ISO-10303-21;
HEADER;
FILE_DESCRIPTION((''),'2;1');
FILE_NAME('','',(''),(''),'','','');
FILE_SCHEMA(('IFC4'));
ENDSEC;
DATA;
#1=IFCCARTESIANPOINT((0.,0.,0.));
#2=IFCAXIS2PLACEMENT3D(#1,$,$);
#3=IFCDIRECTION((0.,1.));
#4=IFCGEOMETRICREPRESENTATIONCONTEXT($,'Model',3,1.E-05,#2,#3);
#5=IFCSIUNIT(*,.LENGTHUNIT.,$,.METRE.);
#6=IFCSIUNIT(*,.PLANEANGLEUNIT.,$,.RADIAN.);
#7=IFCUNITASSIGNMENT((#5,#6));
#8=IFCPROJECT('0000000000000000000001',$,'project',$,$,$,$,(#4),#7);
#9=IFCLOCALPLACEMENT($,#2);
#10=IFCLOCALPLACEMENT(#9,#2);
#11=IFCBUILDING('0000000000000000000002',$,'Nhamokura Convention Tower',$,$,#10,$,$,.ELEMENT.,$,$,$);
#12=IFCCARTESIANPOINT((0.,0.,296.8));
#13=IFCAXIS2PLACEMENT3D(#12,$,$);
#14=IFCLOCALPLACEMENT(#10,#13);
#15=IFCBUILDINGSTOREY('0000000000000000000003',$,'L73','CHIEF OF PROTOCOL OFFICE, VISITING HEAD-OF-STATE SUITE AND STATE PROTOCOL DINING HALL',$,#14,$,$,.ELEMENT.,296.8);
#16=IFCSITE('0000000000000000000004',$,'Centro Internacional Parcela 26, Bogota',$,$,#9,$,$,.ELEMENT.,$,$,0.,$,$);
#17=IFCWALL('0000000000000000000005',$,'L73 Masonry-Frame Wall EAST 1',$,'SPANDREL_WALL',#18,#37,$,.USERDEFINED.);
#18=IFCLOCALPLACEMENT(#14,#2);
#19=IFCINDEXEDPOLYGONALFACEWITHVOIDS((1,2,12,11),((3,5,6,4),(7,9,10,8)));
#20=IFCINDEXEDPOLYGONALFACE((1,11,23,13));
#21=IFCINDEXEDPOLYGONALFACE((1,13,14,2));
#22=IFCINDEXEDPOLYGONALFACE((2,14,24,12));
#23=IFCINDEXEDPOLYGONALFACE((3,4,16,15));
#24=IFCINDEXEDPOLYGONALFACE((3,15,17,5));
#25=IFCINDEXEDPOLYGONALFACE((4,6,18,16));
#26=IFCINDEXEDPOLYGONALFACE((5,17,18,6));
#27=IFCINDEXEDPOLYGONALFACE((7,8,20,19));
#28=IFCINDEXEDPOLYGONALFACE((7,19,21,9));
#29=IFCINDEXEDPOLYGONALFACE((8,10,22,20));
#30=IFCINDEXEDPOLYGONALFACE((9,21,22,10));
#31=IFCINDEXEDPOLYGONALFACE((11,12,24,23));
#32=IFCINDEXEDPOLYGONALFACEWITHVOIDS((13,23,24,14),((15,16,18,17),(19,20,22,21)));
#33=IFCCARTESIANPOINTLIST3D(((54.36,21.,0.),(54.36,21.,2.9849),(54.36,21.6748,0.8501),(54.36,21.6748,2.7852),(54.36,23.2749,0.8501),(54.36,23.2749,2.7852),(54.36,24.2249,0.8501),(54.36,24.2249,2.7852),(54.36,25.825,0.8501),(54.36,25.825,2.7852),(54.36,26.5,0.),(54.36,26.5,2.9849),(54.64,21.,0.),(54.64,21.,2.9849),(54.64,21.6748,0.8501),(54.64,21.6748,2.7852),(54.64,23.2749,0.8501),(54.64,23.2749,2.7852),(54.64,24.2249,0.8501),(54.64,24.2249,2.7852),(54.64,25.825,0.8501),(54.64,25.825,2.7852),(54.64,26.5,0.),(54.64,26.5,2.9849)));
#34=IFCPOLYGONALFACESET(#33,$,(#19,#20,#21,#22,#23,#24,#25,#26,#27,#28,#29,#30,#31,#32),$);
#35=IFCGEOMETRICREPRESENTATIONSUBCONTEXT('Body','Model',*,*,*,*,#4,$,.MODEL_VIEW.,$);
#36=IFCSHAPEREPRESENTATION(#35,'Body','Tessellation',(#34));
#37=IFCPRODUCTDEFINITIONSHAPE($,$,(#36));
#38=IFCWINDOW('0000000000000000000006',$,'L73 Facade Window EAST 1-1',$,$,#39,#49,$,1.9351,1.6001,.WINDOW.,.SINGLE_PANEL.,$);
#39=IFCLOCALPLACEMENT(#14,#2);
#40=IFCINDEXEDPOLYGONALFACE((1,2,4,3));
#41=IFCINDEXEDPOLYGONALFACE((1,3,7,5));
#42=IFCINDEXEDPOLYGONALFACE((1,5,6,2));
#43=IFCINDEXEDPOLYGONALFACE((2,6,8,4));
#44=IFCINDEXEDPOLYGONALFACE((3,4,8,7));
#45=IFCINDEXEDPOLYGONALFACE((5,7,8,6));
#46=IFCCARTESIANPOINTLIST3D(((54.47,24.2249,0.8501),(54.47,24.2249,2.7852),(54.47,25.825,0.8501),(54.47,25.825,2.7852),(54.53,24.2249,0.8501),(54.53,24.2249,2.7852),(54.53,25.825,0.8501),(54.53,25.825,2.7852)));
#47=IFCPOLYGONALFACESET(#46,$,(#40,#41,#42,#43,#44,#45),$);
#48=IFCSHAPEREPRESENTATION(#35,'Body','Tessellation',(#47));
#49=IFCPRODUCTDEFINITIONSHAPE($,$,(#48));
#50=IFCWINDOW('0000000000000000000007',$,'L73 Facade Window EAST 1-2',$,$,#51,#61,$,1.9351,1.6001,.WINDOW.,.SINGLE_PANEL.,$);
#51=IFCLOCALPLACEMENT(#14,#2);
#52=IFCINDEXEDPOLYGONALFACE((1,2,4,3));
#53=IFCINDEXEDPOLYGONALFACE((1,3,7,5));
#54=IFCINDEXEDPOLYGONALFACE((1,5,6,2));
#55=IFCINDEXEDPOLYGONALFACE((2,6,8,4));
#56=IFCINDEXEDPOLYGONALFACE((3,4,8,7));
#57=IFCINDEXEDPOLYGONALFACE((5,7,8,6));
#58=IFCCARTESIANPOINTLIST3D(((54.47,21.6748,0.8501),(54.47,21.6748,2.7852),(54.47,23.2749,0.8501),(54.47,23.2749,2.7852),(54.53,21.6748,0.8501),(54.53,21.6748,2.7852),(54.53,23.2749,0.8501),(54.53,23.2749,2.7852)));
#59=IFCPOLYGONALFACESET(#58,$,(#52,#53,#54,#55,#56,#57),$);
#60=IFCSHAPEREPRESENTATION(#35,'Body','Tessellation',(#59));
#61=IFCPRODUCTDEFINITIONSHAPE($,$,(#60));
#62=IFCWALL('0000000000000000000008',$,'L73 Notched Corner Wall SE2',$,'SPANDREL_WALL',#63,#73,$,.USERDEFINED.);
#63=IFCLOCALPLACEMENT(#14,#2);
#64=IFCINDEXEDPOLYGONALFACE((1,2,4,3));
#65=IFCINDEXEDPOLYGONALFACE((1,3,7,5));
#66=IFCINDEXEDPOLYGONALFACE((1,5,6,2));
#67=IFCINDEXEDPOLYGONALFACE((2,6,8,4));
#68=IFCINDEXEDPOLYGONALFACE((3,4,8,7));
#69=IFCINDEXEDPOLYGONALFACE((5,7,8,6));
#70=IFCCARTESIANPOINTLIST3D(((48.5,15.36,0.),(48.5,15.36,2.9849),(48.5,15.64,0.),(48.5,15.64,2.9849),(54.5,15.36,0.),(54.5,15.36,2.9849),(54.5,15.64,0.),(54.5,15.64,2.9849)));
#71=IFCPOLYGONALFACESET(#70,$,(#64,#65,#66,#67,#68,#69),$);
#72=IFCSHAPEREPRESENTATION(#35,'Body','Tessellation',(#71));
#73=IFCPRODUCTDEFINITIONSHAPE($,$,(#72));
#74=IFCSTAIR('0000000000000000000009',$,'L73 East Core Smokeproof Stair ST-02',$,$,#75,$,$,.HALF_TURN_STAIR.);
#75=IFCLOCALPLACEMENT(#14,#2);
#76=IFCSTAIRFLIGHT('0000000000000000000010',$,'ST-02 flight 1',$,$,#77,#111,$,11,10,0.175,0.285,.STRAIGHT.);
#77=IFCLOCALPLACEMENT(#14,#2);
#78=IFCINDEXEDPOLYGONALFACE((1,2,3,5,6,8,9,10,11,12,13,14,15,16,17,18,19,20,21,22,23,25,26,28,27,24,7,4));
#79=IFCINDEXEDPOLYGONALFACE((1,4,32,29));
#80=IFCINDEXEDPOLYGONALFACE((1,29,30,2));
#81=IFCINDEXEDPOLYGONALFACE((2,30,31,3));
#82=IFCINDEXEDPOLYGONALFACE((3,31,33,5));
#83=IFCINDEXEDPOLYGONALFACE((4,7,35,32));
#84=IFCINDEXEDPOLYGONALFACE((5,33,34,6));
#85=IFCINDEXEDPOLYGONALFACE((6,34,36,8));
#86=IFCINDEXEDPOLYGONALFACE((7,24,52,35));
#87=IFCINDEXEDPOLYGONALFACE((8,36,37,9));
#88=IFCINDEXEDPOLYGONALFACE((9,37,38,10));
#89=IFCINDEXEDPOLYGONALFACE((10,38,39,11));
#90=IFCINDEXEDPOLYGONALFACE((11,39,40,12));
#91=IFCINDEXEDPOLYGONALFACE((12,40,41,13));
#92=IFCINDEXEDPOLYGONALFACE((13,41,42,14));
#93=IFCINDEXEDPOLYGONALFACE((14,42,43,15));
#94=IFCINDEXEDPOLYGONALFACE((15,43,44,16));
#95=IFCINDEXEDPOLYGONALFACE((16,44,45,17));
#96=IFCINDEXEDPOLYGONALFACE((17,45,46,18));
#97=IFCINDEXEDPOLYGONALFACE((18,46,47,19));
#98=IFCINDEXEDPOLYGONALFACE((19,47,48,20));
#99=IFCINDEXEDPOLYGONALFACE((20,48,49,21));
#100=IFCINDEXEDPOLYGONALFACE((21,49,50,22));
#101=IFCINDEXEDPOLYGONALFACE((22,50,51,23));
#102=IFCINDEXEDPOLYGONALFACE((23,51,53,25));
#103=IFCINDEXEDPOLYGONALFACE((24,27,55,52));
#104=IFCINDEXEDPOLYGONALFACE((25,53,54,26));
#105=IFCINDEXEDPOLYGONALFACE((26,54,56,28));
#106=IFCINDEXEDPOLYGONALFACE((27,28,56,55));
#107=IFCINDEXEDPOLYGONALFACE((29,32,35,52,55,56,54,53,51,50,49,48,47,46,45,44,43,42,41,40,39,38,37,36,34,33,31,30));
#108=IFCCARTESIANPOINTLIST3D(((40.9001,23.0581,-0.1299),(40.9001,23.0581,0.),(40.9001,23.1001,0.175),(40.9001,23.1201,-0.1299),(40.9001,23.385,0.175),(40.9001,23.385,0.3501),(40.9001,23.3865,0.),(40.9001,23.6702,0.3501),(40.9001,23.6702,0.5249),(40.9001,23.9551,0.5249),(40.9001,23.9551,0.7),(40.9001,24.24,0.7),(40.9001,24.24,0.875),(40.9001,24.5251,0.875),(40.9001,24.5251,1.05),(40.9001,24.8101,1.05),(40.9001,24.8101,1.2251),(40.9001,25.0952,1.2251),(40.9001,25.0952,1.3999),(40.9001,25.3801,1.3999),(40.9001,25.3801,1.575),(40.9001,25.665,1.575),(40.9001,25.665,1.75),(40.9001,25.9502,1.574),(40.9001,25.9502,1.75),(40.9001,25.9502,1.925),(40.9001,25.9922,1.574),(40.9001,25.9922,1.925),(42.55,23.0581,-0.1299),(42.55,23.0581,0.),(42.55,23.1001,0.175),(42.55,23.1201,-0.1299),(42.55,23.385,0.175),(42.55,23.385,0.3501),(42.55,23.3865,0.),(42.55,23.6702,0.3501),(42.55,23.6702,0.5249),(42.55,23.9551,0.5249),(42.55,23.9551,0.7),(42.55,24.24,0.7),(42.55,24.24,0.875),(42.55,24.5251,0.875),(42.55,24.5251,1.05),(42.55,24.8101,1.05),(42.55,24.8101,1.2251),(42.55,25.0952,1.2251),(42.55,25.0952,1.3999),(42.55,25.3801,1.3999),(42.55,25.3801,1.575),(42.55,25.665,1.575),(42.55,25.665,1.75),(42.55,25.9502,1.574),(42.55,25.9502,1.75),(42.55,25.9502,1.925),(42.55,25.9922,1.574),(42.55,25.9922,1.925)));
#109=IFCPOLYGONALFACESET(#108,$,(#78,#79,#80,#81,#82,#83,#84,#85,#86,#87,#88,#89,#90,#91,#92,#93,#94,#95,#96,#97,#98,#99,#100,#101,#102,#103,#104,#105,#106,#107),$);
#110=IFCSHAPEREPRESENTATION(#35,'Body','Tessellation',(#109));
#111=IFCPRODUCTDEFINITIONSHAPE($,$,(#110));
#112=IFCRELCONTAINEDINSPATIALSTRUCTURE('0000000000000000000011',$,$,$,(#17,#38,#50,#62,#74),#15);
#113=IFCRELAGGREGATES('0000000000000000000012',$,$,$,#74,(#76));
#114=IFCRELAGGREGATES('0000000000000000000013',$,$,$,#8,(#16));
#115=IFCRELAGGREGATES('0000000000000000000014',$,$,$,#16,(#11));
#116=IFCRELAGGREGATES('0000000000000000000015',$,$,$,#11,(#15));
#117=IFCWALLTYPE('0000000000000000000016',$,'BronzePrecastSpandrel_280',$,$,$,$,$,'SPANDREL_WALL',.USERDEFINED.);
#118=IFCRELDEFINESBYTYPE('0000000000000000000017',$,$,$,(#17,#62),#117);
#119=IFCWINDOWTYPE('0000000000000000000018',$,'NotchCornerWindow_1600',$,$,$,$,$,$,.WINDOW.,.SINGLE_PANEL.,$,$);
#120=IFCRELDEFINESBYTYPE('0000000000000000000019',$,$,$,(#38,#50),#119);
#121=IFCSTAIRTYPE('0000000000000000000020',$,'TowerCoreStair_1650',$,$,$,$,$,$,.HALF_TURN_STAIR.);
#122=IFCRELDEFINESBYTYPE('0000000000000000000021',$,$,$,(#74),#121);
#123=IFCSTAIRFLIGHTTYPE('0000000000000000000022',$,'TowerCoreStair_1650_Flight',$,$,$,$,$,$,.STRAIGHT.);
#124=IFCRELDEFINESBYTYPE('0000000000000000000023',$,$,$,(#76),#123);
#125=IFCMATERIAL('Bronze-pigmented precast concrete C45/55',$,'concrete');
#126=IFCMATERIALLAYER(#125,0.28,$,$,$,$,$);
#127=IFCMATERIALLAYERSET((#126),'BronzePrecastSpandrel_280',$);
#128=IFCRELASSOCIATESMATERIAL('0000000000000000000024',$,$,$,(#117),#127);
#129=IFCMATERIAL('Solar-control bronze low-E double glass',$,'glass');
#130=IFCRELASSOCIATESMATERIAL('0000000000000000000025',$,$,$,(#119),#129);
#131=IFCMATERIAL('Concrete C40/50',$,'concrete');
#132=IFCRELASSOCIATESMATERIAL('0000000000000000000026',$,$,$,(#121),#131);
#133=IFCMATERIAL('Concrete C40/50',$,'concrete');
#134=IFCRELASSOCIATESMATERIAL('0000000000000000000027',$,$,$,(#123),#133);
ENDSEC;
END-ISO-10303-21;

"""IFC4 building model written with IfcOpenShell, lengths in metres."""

from ifc_helpers import new_model, si_unit, direction, frame, frame_2d, origin, place, context, subcontext, project, spatial, polyline, rectangle, outline, extrude, material, layer, layer_set, type_object, element, fill, aggregate, save


model = new_model("IFC4")

# Units and contexts
model_context = context("Model", 3, precision=1e-05, world=origin(), true_north=direction((0.0, 1.0)))
body_context = subcontext(model_context, "Body", "Model", "MODEL_VIEW")
ifc_project = project(units=[si_unit("LENGTHUNIT", "METRE"), si_unit("PLANEANGLEUNIT", "RADIAN")], contexts=[model_context])

# Site, building, storey
site_placement = place(None, origin())
site = spatial("IfcSite", under=ifc_project, at=site_placement, Name="Centro Internacional Parcela 26, Bogota", CompositionType="ELEMENT", RefElevation=0.0)
building_placement = place(site_placement, origin())
building = spatial("IfcBuilding", under=site, at=building_placement, Name="Nhamokura Convention Tower", CompositionType="ELEMENT")
storey_placement = place(building_placement, frame((0.0, 0.0, 296.8)))
storey = spatial("IfcBuildingStorey", under=building, at=storey_placement, Name="L73", Description="CHIEF OF PROTOCOL OFFICE, VISITING HEAD-OF-STATE SUITE AND STATE PROTOCOL DINING HALL", CompositionType="ELEMENT", Elevation=296.8)

# Shared definitions
ifc_material_1 = material(Name="Bronze-pigmented precast concrete C45/55", Category="concrete")
ifc_layer_1 = layer(ifc_material_1, 0.28)
ifc_layer_set_1 = layer_set([ifc_layer_1], Name="BronzePrecastSpandrel_280")
wall_type_1 = type_object("IfcWallType", Name="BronzePrecastSpandrel_280", ElementType="SPANDREL_WALL", PredefinedType="USERDEFINED", material=ifc_layer_set_1)

# Wall, openings, windows
wall_1_placement = place(storey_placement, frame((54.5, 26.5, 0.0), z_axis=(0.0, 0.0, 1.0), x_axis=(0.0, -1.0, 0.0)))
wall_1 = element("IfcWall", 1, at=wall_1_placement, inside=storey, type_object=wall_type_1, Name="L73 Masonry-Frame Wall EAST 1", ObjectType="SPANDREL_WALL", PredefinedType="USERDEFINED", context=body_context, shape_type="SweptSolid", body=[
    extrude(rectangle(XDim=5.5, YDim=0.28, at=frame_2d((2.75, 0.0))), origin(), (0.0, 0.0, 1.0), 2.9849),
])
opening_1_placement = place(wall_1_placement, frame((0.675, 0.0, 0.8501)))
opening_1 = element("IfcOpeningElement", 2, at=opening_1_placement, cuts=wall_1, PredefinedType="OPENING", context=body_context, shape_type="SweptSolid", body=[
    extrude(rectangle(XDim=1.6001, YDim=1.9351, at=frame_2d((0.8, 0.9675))), frame((0.0, 0.1499, 0.0), z_axis=(0.0, -1.0, 0.0), x_axis=(1.0, 0.0, 0.0)), (0.0, 0.0, 1.0), 0.3),
])
opening_2_placement = place(wall_1_placement, frame((3.2251, 0.0, 0.8501)))
opening_2 = element("IfcOpeningElement", 3, at=opening_2_placement, cuts=wall_1, PredefinedType="OPENING", context=body_context, shape_type="SweptSolid", body=[
    extrude(rectangle(XDim=1.6001, YDim=1.9351, at=frame_2d((0.8, 0.9675))), frame((0.0, 0.1499, 0.0), z_axis=(0.0, -1.0, 0.0), x_axis=(1.0, 0.0, 0.0)), (0.0, 0.0, 1.0), 0.3),
])
ifc_material_2 = material(Name="Solar-control bronze low-E double glass", Category="glass")
window_type = type_object("IfcWindowType", Name="NotchCornerWindow_1600", PartitioningType="SINGLE_PANEL", PredefinedType="WINDOW", material=ifc_material_2)
window_1_placement = place(opening_1_placement, origin())
window_1 = element("IfcWindow", 4, at=window_1_placement, inside=storey, type_object=window_type, Name="L73 Facade Window EAST 1-1", OverallHeight=1.9351, OverallWidth=1.6001, PartitioningType="SINGLE_PANEL", PredefinedType="WINDOW", context=body_context, shape_type="SweptSolid", body=[
    extrude(rectangle(XDim=1.6001, YDim=1.9351, at=frame_2d((0.8, 0.9675))), frame((0.0, 0.03, 0.0), z_axis=(0.0, -1.0, 0.0), x_axis=(1.0, 0.0, 0.0)), (0.0, 0.0, 1.0), 0.0601),
])
fill(opening_1, window_1)
window_2_placement = place(opening_2_placement, origin())
window_2 = element("IfcWindow", 5, at=window_2_placement, inside=storey, type_object=window_type, Name="L73 Facade Window EAST 1-2", OverallHeight=1.9351, OverallWidth=1.6001, PartitioningType="SINGLE_PANEL", PredefinedType="WINDOW", context=body_context, shape_type="SweptSolid", body=[
    extrude(rectangle(XDim=1.6001, YDim=1.9351, at=frame_2d((0.8, 0.9675))), frame((0.0, 0.03, 0.0), z_axis=(0.0, -1.0, 0.0), x_axis=(1.0, 0.0, 0.0)), (0.0, 0.0, 1.0), 0.0601),
])
fill(opening_2, window_2)

# Wall
wall_2_placement = place(storey_placement, frame((54.5, 15.5, 0.0), z_axis=(0.0, 0.0, 1.0), x_axis=(-1.0, 0.0, 0.0)))
element("IfcWall", 6, at=wall_2_placement, inside=storey, type_object=wall_type_1, Name="L73 Notched Corner Wall SE2", ObjectType="SPANDREL_WALL", PredefinedType="USERDEFINED", context=body_context, shape_type="SweptSolid", body=[
    extrude(rectangle(XDim=6.0, YDim=0.28, at=frame_2d((3.0, 0.0))), origin(), (0.0, 0.0, 1.0), 2.9849),
])

# Stair, stair flight
ifc_material_3 = material(Name="Concrete C40/50", Category="concrete")
stair_type = type_object("IfcStairType", Name="TowerCoreStair_1650", PredefinedType="HALF_TURN_STAIR", material=ifc_material_3)
stair_placement = place(storey_placement, origin())
stair = element("IfcStair", 7, at=stair_placement, inside=storey, type_object=stair_type, Name="L73 East Core Smokeproof Stair ST-02", PredefinedType="HALF_TURN_STAIR")
ifc_material_4 = material(Name="Concrete C40/50", Category="concrete")
stair_flight_type = type_object("IfcStairFlightType", Name="TowerCoreStair_1650_Flight", PredefinedType="STRAIGHT", material=ifc_material_4)
stair_flight_placement = place(storey_placement, frame((41.7251, 23.1001, 0.0), z_axis=(0.0, 0.0, 1.0), x_axis=(0.0, 1.0, 0.0)))
stair_flight = element("IfcStairFlight", 8, at=stair_flight_placement, type_object=stair_flight_type, Name="ST-02 flight 1", NumberOfRisers=11, NumberOfTreads=10, PredefinedType="STRAIGHT", RiserHeight=0.175, TreadLength=0.285, context=body_context, shape_type="SweptSolid", body=[
    extrude(outline(polyline([(-0.042, 0.0), (0.0, 0.175), (0.2849, 0.175), (0.2849, 0.3501), (0.5701, 0.3501), (0.5701, 0.5249), (0.855, 0.5249), (0.855, 0.7), (1.1399, 0.7), (1.1399, 0.875), (1.425, 0.875), (1.425, 1.05), (1.71, 1.05), (1.71, 1.2251), (1.9951, 1.2251), (1.9951, 1.3999), (2.28, 1.3999), (2.28, 1.575), (2.5649, 1.575), (2.5649, 1.75), (2.8501, 1.75), (2.8501, 1.925), (2.8921, 1.925), (2.8921, 1.574), (2.8501, 1.574), (0.2864, 0.0), (0.02, -0.1299), (-0.042, -0.1299), (-0.042, 0.0)])), frame((0.0, 0.825, 0.0), z_axis=(0.0, -1.0, 0.0), x_axis=(1.0, 0.0, 0.0)), (0.0, 0.0, 1.0), 1.6499),
])
aggregate(stair, [stair_flight])

save(model, "model.ifc")
